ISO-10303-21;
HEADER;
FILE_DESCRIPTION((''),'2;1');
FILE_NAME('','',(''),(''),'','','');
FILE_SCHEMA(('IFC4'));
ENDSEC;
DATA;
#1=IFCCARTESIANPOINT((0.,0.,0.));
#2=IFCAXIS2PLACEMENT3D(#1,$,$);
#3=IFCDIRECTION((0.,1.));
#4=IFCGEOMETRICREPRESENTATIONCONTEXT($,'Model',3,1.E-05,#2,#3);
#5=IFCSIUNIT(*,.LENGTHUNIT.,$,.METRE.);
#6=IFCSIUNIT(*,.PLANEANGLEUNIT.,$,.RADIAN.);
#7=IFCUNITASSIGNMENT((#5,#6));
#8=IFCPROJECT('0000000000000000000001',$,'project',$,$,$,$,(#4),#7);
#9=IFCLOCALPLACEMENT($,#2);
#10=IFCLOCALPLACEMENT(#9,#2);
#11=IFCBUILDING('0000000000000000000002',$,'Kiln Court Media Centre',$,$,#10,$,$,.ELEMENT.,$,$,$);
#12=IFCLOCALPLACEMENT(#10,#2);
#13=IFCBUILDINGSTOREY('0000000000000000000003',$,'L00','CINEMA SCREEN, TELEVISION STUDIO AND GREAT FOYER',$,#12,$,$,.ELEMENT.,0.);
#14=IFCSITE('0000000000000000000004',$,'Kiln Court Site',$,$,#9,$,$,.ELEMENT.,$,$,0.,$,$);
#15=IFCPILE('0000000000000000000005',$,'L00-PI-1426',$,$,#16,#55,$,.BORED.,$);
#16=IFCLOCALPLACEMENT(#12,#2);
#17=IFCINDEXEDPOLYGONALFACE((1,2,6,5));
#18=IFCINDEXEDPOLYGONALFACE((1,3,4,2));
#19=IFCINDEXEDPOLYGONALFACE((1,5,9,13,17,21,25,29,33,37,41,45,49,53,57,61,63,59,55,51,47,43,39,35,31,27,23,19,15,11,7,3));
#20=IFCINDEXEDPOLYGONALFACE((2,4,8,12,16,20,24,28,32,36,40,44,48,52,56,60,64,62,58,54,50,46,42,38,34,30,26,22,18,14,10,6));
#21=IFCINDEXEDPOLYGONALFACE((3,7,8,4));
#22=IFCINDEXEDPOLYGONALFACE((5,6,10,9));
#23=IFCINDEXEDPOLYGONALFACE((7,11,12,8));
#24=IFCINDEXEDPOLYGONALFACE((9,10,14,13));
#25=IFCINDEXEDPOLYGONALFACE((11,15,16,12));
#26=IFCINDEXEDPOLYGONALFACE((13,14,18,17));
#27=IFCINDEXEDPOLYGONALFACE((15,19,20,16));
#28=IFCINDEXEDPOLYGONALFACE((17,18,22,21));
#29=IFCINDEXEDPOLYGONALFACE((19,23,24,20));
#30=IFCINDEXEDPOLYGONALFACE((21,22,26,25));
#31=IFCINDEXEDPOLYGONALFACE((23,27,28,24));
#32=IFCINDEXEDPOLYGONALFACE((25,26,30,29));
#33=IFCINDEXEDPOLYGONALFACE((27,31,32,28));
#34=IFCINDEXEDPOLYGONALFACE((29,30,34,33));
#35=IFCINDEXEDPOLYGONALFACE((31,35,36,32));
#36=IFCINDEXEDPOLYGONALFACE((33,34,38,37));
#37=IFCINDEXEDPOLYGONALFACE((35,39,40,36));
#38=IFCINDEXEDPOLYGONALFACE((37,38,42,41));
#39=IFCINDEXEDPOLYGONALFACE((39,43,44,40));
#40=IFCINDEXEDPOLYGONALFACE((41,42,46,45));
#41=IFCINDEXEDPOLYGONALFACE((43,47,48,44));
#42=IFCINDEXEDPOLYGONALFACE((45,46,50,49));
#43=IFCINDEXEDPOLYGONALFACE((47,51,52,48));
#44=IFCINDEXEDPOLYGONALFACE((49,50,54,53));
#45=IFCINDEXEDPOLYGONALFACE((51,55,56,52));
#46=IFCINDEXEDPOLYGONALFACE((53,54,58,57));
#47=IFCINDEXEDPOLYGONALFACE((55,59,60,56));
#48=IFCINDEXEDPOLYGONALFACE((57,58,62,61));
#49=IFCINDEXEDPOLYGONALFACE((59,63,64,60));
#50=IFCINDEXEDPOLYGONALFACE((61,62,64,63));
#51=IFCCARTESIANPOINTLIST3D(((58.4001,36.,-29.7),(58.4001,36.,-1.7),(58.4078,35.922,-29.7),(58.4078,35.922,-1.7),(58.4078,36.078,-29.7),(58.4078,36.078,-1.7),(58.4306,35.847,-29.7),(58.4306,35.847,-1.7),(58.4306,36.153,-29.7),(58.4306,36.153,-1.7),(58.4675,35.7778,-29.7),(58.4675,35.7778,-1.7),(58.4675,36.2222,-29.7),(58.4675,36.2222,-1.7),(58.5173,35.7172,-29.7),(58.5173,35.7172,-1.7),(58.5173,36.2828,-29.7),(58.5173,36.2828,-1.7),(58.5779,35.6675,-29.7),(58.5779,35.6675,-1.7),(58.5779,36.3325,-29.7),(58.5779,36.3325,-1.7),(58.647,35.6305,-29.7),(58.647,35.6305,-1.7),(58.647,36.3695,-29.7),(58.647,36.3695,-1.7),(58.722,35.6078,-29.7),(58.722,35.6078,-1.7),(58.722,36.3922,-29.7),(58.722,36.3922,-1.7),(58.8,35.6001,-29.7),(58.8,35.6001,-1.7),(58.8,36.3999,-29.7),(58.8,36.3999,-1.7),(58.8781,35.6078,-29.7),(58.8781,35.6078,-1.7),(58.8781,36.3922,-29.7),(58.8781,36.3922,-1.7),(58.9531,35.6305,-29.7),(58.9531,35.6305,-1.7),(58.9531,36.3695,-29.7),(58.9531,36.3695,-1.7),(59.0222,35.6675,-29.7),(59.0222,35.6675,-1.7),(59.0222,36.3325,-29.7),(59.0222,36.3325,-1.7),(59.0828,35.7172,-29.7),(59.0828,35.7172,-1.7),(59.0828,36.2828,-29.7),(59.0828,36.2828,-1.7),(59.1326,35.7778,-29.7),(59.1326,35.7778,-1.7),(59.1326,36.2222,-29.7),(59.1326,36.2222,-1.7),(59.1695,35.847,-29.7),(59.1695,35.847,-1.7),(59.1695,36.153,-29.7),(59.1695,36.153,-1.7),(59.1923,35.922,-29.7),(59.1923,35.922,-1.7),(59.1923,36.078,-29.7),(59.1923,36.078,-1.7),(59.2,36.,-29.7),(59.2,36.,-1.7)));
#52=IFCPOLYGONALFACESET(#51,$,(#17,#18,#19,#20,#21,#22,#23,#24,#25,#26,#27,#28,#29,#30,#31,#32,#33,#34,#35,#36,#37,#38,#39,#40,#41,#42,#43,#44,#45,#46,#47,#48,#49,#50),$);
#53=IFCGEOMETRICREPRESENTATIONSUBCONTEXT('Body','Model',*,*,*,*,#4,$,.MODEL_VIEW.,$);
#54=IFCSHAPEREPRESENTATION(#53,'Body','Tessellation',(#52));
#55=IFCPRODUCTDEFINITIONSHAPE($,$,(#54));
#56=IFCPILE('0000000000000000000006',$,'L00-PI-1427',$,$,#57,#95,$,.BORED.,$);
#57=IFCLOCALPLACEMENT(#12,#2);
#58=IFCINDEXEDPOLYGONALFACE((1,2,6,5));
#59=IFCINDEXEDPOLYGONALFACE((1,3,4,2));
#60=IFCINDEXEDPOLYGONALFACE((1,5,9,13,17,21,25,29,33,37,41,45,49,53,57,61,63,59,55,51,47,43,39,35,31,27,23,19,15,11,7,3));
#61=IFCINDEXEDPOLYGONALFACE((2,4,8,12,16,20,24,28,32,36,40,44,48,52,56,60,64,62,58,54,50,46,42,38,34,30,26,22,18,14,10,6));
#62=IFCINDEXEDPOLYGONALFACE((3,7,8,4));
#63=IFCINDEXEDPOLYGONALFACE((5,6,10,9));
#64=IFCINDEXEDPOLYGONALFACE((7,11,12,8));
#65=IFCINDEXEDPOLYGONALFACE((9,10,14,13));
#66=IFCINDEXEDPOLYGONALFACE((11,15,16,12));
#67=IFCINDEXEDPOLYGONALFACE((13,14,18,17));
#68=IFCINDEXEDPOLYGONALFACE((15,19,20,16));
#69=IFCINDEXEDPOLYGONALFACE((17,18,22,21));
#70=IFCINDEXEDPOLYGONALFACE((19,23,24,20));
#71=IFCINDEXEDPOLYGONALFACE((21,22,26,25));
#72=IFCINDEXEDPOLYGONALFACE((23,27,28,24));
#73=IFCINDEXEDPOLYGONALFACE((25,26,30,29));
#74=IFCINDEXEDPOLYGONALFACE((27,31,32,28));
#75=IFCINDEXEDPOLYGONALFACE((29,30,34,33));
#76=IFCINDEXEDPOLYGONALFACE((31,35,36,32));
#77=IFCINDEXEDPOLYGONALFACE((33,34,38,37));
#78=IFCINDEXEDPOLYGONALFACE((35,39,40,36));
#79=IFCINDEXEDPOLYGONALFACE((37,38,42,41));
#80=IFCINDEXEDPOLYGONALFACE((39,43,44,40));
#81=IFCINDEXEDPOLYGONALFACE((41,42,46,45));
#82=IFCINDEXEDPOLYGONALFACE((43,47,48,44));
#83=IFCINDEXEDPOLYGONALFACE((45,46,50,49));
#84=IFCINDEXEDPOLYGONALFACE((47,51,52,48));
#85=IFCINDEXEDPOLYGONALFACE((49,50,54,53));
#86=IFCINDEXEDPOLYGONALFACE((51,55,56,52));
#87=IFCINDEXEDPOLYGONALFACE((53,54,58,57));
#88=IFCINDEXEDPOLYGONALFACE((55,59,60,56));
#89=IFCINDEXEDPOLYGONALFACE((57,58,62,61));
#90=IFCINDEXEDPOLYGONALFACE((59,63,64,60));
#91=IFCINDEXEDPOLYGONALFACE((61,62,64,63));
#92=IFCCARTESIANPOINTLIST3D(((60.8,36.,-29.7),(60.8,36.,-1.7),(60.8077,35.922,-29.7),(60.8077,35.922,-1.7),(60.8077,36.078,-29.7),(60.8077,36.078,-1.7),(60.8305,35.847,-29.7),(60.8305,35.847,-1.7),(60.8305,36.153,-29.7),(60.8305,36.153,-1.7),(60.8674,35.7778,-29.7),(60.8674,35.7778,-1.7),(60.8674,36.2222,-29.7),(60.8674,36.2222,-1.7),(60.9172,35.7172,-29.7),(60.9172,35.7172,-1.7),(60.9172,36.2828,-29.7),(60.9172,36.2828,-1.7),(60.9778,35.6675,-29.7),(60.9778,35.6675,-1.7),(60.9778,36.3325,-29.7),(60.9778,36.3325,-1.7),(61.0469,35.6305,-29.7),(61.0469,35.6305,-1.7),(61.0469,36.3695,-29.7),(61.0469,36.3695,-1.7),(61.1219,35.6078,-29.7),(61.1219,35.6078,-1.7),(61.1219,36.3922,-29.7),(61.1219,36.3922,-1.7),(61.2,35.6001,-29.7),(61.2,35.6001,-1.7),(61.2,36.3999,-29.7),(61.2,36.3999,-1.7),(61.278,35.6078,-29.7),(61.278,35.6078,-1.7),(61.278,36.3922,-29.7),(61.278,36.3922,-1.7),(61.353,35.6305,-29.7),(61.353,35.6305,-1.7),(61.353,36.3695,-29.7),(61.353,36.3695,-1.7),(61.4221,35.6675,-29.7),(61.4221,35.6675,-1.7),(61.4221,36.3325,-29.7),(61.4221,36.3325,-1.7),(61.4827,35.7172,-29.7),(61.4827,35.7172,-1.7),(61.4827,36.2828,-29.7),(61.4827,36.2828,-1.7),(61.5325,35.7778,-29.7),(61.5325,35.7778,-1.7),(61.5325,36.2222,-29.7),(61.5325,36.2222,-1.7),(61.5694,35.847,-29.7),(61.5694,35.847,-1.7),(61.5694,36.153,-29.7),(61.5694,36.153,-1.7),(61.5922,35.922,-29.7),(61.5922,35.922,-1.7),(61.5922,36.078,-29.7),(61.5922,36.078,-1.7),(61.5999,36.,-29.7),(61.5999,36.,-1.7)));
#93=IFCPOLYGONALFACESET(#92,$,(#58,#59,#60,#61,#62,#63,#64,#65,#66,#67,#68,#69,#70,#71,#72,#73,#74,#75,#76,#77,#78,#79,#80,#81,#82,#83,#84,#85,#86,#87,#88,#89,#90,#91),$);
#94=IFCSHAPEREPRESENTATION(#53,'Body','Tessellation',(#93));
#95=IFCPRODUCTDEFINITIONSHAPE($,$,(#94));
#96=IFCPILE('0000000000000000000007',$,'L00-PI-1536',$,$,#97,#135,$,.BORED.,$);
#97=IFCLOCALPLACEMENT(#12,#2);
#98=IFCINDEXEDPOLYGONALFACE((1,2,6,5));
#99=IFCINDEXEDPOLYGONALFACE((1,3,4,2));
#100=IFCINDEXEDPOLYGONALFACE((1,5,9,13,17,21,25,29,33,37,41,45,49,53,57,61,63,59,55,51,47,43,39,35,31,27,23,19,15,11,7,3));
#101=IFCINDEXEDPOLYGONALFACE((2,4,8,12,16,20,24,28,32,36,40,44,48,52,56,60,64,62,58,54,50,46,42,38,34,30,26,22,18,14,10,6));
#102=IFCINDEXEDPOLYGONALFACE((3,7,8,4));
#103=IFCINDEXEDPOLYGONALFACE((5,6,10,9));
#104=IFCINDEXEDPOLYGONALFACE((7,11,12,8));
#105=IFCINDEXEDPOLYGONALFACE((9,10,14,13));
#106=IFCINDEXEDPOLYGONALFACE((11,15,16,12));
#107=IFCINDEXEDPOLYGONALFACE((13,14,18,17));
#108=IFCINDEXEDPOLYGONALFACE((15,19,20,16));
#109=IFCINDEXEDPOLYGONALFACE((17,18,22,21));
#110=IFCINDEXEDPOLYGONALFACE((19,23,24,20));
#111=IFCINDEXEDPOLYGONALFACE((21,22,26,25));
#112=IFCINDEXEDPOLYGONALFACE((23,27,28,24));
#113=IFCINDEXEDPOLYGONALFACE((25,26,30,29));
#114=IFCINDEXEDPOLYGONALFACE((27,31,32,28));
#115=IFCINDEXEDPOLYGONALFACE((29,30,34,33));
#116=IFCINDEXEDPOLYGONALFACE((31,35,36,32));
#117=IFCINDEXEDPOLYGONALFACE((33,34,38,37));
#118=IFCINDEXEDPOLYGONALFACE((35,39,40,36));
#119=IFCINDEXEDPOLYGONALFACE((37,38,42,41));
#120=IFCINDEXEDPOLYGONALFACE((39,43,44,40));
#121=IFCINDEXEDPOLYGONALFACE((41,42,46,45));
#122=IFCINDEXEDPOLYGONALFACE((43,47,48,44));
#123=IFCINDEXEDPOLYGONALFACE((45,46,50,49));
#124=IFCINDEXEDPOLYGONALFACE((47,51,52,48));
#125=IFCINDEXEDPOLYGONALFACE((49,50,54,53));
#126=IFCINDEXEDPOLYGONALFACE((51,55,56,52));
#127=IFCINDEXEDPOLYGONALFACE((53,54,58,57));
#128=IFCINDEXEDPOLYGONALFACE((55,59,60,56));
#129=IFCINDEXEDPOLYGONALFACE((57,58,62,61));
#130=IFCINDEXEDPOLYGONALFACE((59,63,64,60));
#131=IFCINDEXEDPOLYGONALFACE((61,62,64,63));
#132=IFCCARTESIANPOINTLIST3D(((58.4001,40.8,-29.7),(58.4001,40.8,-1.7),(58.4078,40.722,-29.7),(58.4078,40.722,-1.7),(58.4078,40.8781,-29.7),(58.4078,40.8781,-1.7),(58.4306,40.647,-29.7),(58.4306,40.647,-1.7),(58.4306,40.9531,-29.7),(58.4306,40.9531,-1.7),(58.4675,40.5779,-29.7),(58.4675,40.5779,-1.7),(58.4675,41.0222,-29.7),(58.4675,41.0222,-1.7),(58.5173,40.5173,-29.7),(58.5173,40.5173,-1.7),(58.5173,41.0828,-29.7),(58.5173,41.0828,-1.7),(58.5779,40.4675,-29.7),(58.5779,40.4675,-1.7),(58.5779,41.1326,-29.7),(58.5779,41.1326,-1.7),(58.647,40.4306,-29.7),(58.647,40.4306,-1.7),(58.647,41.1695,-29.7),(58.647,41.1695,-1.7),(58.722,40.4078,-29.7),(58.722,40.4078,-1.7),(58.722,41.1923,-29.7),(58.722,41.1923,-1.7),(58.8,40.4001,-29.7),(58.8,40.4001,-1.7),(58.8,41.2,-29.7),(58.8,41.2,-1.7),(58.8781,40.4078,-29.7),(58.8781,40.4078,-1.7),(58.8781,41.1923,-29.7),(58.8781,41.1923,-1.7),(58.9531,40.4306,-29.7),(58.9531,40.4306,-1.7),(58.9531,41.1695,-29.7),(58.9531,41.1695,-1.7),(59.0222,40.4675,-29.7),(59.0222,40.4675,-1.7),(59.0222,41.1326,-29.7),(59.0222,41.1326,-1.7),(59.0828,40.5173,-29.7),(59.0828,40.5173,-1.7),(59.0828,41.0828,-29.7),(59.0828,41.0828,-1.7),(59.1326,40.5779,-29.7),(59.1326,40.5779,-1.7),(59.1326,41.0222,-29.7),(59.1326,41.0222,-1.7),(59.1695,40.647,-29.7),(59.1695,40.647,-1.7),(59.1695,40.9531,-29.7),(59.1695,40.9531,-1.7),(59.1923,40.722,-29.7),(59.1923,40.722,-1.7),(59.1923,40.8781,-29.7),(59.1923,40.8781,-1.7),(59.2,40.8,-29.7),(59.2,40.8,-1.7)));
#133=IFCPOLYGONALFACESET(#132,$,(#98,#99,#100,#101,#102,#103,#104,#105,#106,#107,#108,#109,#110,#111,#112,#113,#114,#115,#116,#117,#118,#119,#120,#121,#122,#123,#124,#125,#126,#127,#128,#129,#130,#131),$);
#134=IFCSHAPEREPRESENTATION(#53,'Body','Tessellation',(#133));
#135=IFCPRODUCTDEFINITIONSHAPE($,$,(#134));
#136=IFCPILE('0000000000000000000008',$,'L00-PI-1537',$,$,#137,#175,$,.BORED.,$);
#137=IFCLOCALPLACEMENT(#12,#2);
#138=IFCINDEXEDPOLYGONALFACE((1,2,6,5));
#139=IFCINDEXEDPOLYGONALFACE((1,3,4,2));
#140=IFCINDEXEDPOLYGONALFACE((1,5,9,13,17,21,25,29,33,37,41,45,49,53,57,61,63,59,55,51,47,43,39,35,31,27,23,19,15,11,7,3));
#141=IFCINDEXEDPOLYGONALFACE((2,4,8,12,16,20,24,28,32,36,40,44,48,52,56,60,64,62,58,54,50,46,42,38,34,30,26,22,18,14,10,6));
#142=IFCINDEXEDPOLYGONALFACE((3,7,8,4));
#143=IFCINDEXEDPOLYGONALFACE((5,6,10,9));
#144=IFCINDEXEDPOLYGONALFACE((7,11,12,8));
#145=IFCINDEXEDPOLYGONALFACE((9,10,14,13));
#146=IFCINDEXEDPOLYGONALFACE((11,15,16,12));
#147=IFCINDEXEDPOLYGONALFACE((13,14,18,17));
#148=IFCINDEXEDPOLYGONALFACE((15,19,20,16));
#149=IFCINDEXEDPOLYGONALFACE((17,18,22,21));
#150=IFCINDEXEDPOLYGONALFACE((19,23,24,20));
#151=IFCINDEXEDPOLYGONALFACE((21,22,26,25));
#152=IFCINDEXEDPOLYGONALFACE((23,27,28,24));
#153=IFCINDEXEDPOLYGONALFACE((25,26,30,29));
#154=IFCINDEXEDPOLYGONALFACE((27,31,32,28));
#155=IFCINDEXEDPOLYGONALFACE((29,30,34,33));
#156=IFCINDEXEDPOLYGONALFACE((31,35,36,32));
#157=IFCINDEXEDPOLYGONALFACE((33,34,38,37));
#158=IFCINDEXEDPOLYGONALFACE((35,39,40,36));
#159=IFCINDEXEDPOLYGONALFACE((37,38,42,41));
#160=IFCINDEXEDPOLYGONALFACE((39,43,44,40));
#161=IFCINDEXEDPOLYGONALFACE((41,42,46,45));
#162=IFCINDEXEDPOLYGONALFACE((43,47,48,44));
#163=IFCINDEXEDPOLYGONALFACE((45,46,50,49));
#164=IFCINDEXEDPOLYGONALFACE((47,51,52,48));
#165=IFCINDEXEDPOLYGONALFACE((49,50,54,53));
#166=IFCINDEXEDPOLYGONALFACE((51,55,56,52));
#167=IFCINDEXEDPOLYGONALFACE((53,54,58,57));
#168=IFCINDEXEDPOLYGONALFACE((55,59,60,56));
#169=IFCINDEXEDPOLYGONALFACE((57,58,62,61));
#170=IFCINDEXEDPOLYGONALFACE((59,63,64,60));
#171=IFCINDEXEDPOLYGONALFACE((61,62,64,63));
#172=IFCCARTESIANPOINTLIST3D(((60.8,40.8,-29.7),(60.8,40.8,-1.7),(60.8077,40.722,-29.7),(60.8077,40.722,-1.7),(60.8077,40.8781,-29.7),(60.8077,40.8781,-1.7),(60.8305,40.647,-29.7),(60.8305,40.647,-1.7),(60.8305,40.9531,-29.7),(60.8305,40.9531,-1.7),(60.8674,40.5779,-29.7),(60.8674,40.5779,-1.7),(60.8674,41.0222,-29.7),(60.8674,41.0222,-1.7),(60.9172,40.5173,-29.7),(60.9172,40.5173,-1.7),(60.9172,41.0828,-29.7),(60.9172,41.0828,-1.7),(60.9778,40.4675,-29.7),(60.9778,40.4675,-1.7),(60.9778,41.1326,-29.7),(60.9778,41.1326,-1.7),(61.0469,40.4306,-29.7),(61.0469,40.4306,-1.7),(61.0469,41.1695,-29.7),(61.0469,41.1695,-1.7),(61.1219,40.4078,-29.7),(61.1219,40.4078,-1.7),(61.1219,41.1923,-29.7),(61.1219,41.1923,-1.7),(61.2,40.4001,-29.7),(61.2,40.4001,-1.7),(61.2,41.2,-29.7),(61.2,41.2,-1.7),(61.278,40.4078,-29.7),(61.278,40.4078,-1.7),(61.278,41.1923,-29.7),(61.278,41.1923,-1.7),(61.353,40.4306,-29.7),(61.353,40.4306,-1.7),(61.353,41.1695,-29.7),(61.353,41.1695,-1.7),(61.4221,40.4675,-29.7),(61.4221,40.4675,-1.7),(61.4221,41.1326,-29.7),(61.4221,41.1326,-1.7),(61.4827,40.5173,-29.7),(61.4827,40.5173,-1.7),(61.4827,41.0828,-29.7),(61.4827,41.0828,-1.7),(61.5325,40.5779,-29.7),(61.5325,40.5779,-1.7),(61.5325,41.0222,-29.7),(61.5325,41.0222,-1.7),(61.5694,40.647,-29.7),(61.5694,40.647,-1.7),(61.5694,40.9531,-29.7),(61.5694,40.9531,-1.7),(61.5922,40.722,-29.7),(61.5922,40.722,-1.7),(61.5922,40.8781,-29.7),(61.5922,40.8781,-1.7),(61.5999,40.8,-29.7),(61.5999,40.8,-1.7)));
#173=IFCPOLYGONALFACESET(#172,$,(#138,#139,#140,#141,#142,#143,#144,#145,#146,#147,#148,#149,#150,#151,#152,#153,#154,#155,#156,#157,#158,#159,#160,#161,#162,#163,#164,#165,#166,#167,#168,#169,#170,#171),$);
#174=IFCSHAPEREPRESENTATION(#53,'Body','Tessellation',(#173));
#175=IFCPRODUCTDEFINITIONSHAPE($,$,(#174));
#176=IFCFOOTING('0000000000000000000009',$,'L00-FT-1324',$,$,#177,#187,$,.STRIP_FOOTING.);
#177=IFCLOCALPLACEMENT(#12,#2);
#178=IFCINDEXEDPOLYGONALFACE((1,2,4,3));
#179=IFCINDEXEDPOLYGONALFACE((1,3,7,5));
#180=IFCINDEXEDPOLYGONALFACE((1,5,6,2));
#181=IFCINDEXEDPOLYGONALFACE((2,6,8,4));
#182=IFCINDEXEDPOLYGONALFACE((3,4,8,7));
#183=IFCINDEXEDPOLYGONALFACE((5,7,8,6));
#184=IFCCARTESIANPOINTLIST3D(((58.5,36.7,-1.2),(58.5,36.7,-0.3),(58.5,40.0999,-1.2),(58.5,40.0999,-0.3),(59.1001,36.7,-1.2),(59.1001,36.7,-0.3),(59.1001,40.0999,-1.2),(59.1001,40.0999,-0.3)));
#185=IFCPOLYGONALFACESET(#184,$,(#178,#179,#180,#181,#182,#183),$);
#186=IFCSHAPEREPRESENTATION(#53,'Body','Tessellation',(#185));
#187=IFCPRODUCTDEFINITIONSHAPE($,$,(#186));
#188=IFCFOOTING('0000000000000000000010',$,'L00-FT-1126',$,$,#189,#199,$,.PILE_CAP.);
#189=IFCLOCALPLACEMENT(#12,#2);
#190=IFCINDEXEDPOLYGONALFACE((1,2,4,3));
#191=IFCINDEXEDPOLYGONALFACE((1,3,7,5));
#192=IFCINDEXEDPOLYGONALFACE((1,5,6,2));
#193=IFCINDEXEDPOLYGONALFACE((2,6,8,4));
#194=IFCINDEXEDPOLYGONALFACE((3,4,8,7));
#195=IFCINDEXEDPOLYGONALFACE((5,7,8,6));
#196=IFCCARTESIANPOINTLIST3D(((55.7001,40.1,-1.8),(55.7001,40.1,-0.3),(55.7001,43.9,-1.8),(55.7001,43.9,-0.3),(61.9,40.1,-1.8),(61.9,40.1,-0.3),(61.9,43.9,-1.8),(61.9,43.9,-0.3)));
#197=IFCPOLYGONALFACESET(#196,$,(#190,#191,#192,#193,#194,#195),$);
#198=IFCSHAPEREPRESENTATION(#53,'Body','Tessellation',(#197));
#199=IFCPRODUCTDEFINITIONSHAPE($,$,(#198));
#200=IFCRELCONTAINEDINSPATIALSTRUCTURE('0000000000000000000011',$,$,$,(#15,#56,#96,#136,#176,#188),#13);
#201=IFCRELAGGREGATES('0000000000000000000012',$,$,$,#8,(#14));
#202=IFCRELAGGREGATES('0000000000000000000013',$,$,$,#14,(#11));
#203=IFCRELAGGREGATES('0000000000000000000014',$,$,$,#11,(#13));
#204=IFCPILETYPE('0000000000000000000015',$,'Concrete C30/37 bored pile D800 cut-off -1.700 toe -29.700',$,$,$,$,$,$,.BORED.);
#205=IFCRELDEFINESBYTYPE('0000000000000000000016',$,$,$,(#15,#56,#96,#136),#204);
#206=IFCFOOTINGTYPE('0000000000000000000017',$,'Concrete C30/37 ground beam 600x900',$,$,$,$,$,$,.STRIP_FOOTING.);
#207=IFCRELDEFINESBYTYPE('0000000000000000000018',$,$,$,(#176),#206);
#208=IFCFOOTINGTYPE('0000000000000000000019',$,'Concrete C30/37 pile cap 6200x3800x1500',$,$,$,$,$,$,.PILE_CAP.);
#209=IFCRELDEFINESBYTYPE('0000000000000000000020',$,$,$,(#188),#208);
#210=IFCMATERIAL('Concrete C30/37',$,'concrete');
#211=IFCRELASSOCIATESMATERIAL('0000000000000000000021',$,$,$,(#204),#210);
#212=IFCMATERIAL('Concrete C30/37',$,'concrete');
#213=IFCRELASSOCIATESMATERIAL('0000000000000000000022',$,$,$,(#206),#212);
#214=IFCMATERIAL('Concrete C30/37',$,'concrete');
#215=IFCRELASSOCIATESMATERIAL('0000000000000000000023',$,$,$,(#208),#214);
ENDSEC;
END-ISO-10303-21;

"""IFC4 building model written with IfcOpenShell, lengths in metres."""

from ifc_helpers import new_model, si_unit, direction, frame, origin, origin_2d, place, context, subcontext, project, spatial, rectangle, circle, extrude, material, material_profile, profile_set, type_object, element, save


model = new_model("IFC4")

# Units and contexts
model_context = context("Model", 3, precision=1e-05, world=origin(), true_north=direction((0.0, 1.0)))
body_context = subcontext(model_context, "Body", "Model", "MODEL_VIEW")
ifc_project = project(units=[si_unit("LENGTHUNIT", "METRE"), si_unit("PLANEANGLEUNIT", "RADIAN")], contexts=[model_context])

# Site, building, storey
site_placement = place(None, origin())
site = spatial("IfcSite", under=ifc_project, at=site_placement, Name="Kiln Court Site", CompositionType="ELEMENT", RefElevation=0.0)
building_placement = place(site_placement, origin())
building = spatial("IfcBuilding", under=site, at=building_placement, Name="Kiln Court Media Centre", CompositionType="ELEMENT")
storey_placement = place(building_placement, origin())
storey = spatial("IfcBuildingStorey", under=building, at=storey_placement, Name="L00", Description="CINEMA SCREEN, TELEVISION STUDIO AND GREAT FOYER", CompositionType="ELEMENT", Elevation=0.0)

# Piles
ifc_material_1 = material(Name="Concrete C30/37", Category="concrete")
ifc_material_profile_1 = material_profile(ifc_material_1, circle(Radius=0.3999, at=origin_2d()), Name="PILE D800")
ifc_profile_set_1 = profile_set([ifc_material_profile_1], Name="Concrete C30/37")
pile_type_1 = type_object("IfcPileType", Name="Concrete C30/37 bored pile D800 cut-off -1.700 toe -29.700", PredefinedType="BORED", material=ifc_profile_set_1)
for number, where, z_axis, x_axis, name in (
    (1, (58.8, 36.0, -1.7), (0.0, 0.0, -1.0), (1.0, 0.0, 0.0), "L00-PI-1426"),
    (2, (61.2, 36.0, -1.7), (0.0, 0.0, -1.0), (1.0, 0.0, 0.0), "L00-PI-1427"),
    (3, (58.8, 40.8, -1.7), (0.0, 0.0, -1.0), (1.0, 0.0, 0.0), "L00-PI-1536"),
    (4, (61.2, 40.8, -1.7), (0.0, 0.0, -1.0), (1.0, 0.0, 0.0), "L00-PI-1537"),
):
    element("IfcPile", number, at=place(storey_placement, frame(where, z_axis=z_axis, x_axis=x_axis)), inside=storey, type_object=pile_type_1, Name=name, PredefinedType="BORED", context=body_context, shape_type="SweptSolid", body=[
        extrude(circle(Radius=0.3999, at=origin_2d()), origin(), (0.0, 0.0, 1.0), 28.0),
    ])

# Footings
ifc_material_2 = material(Name="Concrete C30/37", Category="concrete")
footing_type_1 = type_object("IfcFootingType", Name="Concrete C30/37 ground beam 600x900", PredefinedType="STRIP_FOOTING", material=ifc_material_2)
footing_1_placement = place(storey_placement, frame((58.8, 38.3999, -1.2), z_axis=(0.0, 0.0, 1.0), x_axis=(1.0, 0.0, 0.0)))
element("IfcFooting", 5, at=footing_1_placement, inside=storey, type_object=footing_type_1, Name="L00-FT-1324", PredefinedType="STRIP_FOOTING", context=body_context, shape_type="SweptSolid", body=[
    extrude(rectangle(XDim=0.6001, YDim=3.3999, at=origin_2d()), origin(), (0.0, 0.0, 1.0), 0.8999),
])
ifc_material_3 = material(Name="Concrete C30/37", Category="concrete")
footing_type_2 = type_object("IfcFootingType", Name="Concrete C30/37 pile cap 6200x3800x1500", PredefinedType="PILE_CAP", material=ifc_material_3)
footing_2_placement = place(storey_placement, frame((58.8, 42.0, -1.8), z_axis=(0.0, 0.0, 1.0), x_axis=(1.0, 0.0, 0.0)))
element("IfcFooting", 6, at=footing_2_placement, inside=storey, type_object=footing_type_2, Name="L00-FT-1126", PredefinedType="PILE_CAP", context=body_context, shape_type="SweptSolid", body=[
    extrude(rectangle(XDim=6.2, YDim=3.8, at=origin_2d()), origin(), (0.0, 0.0, 1.0), 1.5),
])

save(model, "model.ifc")
